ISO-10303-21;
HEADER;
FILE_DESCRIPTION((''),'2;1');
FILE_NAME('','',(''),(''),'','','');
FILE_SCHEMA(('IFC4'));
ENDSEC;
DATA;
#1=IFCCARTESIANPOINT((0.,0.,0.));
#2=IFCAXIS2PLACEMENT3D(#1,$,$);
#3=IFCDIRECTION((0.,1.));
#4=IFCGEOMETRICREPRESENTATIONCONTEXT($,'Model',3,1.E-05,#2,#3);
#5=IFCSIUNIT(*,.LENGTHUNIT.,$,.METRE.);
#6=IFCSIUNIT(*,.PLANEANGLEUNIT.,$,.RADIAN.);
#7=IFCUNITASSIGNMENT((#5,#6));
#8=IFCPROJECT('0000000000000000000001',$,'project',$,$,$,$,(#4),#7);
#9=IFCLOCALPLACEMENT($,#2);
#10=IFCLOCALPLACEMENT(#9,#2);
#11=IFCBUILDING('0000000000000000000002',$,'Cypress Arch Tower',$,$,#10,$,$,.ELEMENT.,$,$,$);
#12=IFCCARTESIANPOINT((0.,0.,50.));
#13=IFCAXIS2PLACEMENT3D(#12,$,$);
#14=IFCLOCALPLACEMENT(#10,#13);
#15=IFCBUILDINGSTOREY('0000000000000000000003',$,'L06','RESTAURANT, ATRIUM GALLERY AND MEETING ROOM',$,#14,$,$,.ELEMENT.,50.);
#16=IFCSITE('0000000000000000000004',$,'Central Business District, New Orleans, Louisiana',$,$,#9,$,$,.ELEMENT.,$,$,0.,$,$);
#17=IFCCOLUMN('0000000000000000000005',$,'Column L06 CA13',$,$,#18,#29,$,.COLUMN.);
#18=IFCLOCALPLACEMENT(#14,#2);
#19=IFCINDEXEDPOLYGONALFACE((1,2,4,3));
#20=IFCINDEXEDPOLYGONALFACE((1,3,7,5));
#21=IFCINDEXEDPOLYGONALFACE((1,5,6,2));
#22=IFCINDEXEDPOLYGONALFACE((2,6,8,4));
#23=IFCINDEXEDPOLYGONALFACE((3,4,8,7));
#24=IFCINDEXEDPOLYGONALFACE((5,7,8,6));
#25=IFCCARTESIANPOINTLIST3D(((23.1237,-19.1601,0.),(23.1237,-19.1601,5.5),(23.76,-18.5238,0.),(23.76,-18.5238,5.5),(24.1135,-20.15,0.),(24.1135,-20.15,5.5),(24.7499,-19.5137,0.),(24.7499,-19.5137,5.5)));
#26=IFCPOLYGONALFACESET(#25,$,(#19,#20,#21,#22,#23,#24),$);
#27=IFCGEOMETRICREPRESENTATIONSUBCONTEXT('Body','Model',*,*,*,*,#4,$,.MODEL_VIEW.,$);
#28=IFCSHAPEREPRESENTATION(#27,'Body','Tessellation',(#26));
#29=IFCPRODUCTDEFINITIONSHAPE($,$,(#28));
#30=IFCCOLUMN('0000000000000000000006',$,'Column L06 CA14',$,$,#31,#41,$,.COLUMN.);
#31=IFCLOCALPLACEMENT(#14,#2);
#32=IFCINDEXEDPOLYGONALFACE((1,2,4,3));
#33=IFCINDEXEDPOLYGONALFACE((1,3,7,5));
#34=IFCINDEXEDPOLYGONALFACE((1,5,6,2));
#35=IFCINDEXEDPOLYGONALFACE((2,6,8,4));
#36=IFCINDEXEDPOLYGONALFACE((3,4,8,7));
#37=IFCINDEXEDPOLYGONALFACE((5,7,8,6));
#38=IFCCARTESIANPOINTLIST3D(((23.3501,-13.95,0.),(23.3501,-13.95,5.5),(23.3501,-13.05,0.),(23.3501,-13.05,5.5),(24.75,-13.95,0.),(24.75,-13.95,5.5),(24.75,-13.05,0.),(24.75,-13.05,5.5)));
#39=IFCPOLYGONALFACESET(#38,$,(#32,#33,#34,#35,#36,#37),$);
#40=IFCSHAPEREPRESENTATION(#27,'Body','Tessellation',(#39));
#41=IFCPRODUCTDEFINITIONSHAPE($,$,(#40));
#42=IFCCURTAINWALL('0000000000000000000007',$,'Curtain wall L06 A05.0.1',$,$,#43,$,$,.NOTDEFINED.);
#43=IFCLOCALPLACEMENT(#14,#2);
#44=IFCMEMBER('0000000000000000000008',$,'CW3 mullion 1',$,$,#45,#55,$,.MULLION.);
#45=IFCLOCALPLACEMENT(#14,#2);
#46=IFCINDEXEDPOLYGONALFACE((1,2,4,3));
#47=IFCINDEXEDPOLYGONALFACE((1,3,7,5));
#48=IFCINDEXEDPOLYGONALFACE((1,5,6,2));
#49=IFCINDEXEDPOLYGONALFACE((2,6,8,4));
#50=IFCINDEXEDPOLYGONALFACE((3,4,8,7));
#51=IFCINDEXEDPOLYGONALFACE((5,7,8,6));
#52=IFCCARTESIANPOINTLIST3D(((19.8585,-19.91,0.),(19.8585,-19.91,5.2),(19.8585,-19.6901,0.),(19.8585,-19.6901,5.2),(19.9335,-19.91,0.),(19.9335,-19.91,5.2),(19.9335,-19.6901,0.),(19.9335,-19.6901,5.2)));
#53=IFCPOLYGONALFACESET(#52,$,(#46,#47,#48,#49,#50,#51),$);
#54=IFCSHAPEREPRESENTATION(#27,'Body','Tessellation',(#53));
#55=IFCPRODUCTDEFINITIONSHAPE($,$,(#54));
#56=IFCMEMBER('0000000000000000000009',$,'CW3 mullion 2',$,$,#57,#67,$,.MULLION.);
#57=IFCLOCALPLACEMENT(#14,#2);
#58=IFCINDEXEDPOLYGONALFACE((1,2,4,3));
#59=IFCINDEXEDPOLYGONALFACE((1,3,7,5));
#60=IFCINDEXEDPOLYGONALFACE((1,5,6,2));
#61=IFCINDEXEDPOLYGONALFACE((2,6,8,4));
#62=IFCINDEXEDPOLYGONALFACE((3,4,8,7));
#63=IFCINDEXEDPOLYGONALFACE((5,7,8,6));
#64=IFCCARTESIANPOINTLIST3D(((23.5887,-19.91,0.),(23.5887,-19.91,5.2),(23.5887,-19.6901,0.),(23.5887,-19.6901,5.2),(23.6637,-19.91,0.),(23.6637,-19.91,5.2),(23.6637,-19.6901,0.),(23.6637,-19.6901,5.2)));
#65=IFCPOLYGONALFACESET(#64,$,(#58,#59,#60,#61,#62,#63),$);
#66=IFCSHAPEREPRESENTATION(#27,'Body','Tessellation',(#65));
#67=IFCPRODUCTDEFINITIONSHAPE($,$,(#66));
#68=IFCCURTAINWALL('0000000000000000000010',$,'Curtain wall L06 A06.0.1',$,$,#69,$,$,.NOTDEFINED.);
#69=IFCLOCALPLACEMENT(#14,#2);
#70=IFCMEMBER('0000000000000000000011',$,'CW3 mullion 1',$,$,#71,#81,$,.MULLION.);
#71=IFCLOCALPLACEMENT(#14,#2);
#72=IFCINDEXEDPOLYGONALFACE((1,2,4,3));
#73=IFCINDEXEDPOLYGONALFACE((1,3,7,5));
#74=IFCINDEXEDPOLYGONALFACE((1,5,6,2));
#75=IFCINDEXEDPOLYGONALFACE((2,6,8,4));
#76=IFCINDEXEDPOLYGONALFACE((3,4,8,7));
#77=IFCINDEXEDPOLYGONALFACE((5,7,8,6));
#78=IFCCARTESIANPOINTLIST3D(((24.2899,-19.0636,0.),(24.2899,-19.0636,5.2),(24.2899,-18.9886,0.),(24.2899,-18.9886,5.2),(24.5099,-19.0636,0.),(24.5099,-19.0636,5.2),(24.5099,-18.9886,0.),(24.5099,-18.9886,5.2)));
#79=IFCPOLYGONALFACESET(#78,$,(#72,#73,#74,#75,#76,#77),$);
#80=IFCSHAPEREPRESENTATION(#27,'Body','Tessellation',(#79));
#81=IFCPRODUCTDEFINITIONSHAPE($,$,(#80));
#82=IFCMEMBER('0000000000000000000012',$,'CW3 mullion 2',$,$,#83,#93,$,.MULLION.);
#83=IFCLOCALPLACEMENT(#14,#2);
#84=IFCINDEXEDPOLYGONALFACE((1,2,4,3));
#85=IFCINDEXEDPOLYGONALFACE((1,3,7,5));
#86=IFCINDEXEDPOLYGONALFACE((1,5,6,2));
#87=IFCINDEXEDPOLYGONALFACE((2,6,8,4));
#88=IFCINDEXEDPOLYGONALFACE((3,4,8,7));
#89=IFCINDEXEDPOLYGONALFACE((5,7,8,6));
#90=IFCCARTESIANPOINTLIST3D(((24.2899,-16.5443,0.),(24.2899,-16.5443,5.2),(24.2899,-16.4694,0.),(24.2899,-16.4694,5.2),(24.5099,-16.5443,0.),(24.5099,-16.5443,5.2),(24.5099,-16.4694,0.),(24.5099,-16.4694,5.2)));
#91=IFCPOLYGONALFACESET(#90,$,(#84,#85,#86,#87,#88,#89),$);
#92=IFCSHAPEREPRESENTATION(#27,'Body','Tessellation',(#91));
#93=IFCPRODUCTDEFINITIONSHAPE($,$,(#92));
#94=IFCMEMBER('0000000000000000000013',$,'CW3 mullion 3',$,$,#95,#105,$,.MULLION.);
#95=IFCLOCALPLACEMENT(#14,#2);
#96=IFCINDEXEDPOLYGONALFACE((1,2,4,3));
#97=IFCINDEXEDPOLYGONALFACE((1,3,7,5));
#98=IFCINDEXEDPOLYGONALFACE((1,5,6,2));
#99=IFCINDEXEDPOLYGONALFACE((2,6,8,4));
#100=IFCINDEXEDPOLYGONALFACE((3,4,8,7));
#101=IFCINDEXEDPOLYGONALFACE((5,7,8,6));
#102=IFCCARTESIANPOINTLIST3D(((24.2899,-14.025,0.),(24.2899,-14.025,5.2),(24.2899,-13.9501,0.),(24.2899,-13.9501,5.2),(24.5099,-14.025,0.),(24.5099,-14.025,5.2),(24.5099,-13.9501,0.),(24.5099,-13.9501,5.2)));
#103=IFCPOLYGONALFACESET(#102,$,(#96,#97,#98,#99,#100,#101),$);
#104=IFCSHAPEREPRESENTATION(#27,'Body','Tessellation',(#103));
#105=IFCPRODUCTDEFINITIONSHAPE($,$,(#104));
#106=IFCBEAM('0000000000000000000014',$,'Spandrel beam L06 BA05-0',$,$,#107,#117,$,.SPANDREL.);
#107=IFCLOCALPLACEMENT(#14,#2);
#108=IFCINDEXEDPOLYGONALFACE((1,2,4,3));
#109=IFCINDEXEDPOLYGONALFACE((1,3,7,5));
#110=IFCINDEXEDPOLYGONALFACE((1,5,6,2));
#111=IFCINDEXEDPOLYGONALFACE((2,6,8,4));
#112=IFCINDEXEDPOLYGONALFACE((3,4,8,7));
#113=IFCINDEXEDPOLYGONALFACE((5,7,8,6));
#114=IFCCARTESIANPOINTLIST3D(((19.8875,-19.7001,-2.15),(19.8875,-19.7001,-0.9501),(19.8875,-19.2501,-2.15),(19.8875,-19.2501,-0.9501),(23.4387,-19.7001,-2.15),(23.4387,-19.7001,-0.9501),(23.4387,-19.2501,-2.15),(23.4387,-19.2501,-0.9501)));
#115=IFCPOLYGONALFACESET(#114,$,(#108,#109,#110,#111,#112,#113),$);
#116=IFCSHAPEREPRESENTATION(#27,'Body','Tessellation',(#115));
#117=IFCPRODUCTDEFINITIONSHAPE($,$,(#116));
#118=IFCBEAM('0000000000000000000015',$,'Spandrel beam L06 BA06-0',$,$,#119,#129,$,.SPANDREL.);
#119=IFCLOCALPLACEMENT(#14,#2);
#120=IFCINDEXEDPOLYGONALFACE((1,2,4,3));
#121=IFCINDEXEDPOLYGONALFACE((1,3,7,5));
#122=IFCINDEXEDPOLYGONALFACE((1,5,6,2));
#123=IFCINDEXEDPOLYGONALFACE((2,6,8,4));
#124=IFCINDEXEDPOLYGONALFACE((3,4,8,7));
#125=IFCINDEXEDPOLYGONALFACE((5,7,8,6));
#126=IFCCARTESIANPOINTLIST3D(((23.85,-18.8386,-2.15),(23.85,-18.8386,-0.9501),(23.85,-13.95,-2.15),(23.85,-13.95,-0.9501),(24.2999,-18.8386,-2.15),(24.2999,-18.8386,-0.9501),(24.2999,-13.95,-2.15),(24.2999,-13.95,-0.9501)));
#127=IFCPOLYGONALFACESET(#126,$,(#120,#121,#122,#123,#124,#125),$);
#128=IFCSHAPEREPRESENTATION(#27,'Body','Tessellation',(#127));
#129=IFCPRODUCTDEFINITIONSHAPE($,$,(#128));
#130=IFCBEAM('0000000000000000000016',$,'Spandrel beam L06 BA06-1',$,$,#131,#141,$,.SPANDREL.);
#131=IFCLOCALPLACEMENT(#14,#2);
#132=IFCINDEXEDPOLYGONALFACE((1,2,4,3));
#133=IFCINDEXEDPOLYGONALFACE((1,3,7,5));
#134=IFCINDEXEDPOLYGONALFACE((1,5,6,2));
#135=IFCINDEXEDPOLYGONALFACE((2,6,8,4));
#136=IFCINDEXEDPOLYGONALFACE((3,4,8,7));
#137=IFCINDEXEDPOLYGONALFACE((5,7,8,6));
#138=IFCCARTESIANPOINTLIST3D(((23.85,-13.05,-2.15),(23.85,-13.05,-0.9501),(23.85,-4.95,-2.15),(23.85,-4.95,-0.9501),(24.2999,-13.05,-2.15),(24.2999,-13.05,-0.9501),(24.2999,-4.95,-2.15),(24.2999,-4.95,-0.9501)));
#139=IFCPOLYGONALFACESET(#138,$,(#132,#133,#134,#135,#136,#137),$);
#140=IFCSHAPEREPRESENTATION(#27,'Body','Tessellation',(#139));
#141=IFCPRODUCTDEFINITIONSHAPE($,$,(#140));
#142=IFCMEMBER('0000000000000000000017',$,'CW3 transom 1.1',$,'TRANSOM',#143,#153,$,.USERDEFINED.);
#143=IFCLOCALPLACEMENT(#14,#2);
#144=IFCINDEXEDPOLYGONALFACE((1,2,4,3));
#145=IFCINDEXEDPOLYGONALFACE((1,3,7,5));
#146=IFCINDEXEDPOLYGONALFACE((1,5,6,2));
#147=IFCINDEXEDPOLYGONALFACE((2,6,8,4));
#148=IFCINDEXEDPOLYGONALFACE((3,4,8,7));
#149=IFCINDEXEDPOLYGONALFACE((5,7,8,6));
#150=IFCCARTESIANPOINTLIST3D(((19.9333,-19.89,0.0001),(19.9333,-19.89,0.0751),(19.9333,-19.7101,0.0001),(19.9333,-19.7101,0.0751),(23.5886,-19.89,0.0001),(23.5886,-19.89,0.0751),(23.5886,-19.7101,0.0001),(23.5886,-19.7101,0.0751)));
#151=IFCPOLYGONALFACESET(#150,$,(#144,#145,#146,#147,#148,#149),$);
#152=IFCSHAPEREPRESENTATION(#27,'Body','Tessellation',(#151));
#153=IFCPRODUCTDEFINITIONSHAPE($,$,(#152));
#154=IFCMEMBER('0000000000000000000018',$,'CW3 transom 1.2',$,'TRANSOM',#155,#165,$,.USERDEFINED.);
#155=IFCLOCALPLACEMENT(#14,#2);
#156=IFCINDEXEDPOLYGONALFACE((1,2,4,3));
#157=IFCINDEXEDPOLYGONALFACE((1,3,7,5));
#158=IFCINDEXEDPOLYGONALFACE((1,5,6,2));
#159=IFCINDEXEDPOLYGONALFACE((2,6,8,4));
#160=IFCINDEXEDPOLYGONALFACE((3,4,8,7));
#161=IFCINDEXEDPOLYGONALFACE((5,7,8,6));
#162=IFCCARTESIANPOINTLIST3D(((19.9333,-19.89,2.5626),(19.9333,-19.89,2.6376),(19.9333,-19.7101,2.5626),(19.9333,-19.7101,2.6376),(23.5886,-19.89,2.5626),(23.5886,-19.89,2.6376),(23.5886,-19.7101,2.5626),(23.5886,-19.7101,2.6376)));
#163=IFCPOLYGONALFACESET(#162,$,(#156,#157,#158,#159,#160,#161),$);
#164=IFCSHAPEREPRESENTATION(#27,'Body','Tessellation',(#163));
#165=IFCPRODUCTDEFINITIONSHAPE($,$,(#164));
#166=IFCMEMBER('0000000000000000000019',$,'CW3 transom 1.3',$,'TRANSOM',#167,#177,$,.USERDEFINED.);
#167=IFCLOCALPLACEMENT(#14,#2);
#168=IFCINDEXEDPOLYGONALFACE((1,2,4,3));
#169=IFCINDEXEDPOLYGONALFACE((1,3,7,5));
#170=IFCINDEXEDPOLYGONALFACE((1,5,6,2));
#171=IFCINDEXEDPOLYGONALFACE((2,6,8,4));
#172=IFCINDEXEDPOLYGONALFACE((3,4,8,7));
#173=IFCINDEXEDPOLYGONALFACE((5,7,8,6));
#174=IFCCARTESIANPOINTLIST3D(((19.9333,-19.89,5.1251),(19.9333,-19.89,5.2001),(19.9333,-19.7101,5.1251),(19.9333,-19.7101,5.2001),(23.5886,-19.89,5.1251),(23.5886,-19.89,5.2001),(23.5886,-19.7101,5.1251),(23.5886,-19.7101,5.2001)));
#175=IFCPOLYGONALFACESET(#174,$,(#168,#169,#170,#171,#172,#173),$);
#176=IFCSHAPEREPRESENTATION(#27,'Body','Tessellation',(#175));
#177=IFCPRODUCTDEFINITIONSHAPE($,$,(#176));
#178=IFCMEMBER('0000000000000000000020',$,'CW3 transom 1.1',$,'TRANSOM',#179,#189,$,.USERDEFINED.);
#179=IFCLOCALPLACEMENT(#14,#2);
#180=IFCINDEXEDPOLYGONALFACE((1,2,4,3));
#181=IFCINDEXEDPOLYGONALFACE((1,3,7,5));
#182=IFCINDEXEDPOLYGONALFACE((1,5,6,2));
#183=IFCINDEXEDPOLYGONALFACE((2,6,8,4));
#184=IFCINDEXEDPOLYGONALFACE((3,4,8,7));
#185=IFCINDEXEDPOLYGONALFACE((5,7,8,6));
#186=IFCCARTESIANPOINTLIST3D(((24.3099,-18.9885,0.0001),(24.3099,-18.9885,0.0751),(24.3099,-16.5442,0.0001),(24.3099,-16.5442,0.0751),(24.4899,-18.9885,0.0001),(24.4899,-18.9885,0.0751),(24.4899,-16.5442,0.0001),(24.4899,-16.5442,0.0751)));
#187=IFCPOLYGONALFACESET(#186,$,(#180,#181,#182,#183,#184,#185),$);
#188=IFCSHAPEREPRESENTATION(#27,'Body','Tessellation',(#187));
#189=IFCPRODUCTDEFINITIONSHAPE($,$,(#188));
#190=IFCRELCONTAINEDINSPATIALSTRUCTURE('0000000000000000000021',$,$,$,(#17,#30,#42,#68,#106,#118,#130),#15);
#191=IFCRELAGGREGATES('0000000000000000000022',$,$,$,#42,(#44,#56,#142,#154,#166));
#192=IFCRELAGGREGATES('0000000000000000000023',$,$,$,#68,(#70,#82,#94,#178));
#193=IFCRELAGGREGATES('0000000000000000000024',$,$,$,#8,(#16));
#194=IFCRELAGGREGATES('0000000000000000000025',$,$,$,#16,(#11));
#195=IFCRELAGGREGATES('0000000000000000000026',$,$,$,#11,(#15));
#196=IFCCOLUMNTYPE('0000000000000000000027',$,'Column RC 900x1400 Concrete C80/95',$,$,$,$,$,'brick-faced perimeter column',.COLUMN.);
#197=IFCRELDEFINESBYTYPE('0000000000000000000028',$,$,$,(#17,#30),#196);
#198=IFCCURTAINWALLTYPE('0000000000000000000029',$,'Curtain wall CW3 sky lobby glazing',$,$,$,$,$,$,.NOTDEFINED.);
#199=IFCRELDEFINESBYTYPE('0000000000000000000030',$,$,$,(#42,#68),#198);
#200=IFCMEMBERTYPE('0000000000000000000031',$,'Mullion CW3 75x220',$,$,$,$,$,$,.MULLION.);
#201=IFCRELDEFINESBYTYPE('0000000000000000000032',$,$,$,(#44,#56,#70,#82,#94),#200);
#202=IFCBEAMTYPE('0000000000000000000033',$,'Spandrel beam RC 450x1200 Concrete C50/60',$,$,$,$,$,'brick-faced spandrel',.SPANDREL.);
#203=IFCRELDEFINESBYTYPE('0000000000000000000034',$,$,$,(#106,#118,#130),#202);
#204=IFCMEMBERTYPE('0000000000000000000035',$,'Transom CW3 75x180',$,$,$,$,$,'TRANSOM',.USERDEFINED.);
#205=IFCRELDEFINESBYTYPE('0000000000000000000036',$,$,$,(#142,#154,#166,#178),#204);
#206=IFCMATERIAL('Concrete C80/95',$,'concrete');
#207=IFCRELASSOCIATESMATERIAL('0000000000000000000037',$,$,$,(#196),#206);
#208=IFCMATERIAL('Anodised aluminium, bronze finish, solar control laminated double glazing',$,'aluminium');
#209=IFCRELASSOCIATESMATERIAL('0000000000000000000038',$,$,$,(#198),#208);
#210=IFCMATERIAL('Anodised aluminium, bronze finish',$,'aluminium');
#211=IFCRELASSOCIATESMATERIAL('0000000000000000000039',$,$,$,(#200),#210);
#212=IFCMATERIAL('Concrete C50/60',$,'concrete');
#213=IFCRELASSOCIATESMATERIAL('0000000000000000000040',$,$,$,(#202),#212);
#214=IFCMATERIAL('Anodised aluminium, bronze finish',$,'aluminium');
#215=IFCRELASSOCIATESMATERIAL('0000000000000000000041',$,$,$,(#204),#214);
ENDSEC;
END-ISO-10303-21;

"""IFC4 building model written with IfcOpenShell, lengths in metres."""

from ifc_helpers import new_model, si_unit, direction, frame, origin, origin_2d, place, context, subcontext, project, spatial, rectangle, extrude, material, material_profile, profile_set, type_object, element, aggregate, save


model = new_model("IFC4")

# Units and contexts
model_context = context("Model", 3, precision=1e-05, world=origin(), true_north=direction((0.0, 1.0)))
body_context = subcontext(model_context, "Body", "Model", "MODEL_VIEW")
ifc_project = project(units=[si_unit("LENGTHUNIT", "METRE"), si_unit("PLANEANGLEUNIT", "RADIAN")], contexts=[model_context])

# Site, building, storey
site_placement = place(None, origin())
site = spatial("IfcSite", under=ifc_project, at=site_placement, Name="Central Business District, New Orleans, Louisiana", CompositionType="ELEMENT", RefElevation=0.0)
building_placement = place(site_placement, origin())
building = spatial("IfcBuilding", under=site, at=building_placement, Name="Cypress Arch Tower", CompositionType="ELEMENT")
storey_placement = place(building_placement, frame((0.0, 0.0, 50.0)))
storey = spatial("IfcBuildingStorey", under=building, at=storey_placement, Name="L06", Description="RESTAURANT, ATRIUM GALLERY AND MEETING ROOM", CompositionType="ELEMENT", Elevation=50.0)

# Columns
ifc_material_1 = material(Name="Concrete C80/95", Category="concrete")
ifc_material_profile_1 = material_profile(ifc_material_1, rectangle(XDim=0.8999, YDim=1.3999, at=origin_2d()), Name="RC 900x1400")
ifc_profile_set_1 = profile_set([ifc_material_profile_1], Name="Concrete C80/95")
column_type = type_object("IfcColumnType", Name="Column RC 900x1400 Concrete C80/95", ElementType="brick-faced perimeter column", PredefinedType="COLUMN", material=ifc_profile_set_1)
for number, where, z_axis, x_axis, name in (
    (1, (23.9368, -19.3369, 0.0), (0.0, 0.0, 1.0), (0.707107, 0.707107, 0.0), "Column L06 CA13"),
    (2, (24.05, -13.5, 0.0), (0.0, 0.0, 1.0), (0.0, 1.0, 0.0), "Column L06 CA14"),
):
    element("IfcColumn", number, at=place(storey_placement, frame(where, z_axis=z_axis, x_axis=x_axis)), inside=storey, type_object=column_type, Name=name, PredefinedType="COLUMN", context=body_context, shape_type="SweptSolid", body=[
        extrude(rectangle(XDim=0.8999, YDim=1.3999, at=origin_2d()), origin(), (0.0, 0.0, 1.0), 5.5),
    ])

# Curtain walls, members
ifc_material_2 = material(Name="Anodised aluminium, bronze finish, solar control laminated double glazing", Category="aluminium")
curtain_wall_type = type_object("IfcCurtainWallType", Name="Curtain wall CW3 sky lobby glazing", PredefinedType="NOTDEFINED", material=ifc_material_2)
curtain_wall_1_placement = place(storey_placement, origin())
curtain_wall_1 = element("IfcCurtainWall", 3, at=curtain_wall_1_placement, inside=storey, type_object=curtain_wall_type, Name="Curtain wall L06 A05.0.1", PredefinedType="NOTDEFINED")
ifc_material_3 = material(Name="Anodised aluminium, bronze finish", Category="aluminium")
ifc_material_profile_2 = material_profile(ifc_material_3, rectangle(XDim=0.22, YDim=0.075, at=origin_2d()), Name="Mullion 75x220")
ifc_profile_set_2 = profile_set([ifc_material_profile_2], Name="Anodised aluminium, bronze finish")
member_type_1 = type_object("IfcMemberType", Name="Mullion CW3 75x220", PredefinedType="MULLION", material=ifc_profile_set_2)
member_1_placement = place(storey_placement, frame((19.896, -19.8, 0.0), z_axis=(0.0, 0.0, 1.0), x_axis=(0.0, 1.0, 0.0)))
member_1 = element("IfcMember", 4, at=member_1_placement, type_object=member_type_1, Name="CW3 mullion 1", PredefinedType="MULLION", context=body_context, shape_type="SweptSolid", body=[
    extrude(rectangle(XDim=0.22, YDim=0.075, at=origin_2d()), origin(), (0.0, 0.0, 1.0), 5.2),
])
member_2_placement = place(storey_placement, frame((23.6262, -19.8, 0.0), z_axis=(0.0, 0.0, 1.0), x_axis=(0.0, 1.0, 0.0)))
member_2 = element("IfcMember", 5, at=member_2_placement, type_object=member_type_1, Name="CW3 mullion 2", PredefinedType="MULLION", context=body_context, shape_type="SweptSolid", body=[
    extrude(rectangle(XDim=0.22, YDim=0.075, at=origin_2d()), origin(), (0.0, 0.0, 1.0), 5.2),
])
curtain_wall_2_placement = place(storey_placement, origin())
curtain_wall_2 = element("IfcCurtainWall", 6, at=curtain_wall_2_placement, inside=storey, type_object=curtain_wall_type, Name="Curtain wall L06 A06.0.1", PredefinedType="NOTDEFINED")
member_3_placement = place(storey_placement, frame((24.3999, -19.0261, 0.0), z_axis=(0.0, 0.0, 1.0), x_axis=(-1.0, 0.0, 0.0)))
member_3 = element("IfcMember", 7, at=member_3_placement, type_object=member_type_1, Name="CW3 mullion 1", PredefinedType="MULLION", context=body_context, shape_type="SweptSolid", body=[
    extrude(rectangle(XDim=0.22, YDim=0.075, at=origin_2d()), origin(), (0.0, 0.0, 1.0), 5.2),
])
member_4_placement = place(storey_placement, frame((24.3999, -16.5068, 0.0), z_axis=(0.0, 0.0, 1.0), x_axis=(-1.0, 0.0, 0.0)))
member_4 = element("IfcMember", 8, at=member_4_placement, type_object=member_type_1, Name="CW3 mullion 2", PredefinedType="MULLION", context=body_context, shape_type="SweptSolid", body=[
    extrude(rectangle(XDim=0.22, YDim=0.075, at=origin_2d()), origin(), (0.0, 0.0, 1.0), 5.2),
])
member_5_placement = place(storey_placement, frame((24.3999, -13.9875, 0.0), z_axis=(0.0, 0.0, 1.0), x_axis=(-1.0, 0.0, 0.0)))
member_5 = element("IfcMember", 9, at=member_5_placement, type_object=member_type_1, Name="CW3 mullion 3", PredefinedType="MULLION", context=body_context, shape_type="SweptSolid", body=[
    extrude(rectangle(XDim=0.22, YDim=0.075, at=origin_2d()), origin(), (0.0, 0.0, 1.0), 5.2),
])

# Beams
ifc_material_4 = material(Name="Concrete C50/60", Category="concrete")
ifc_material_profile_3 = material_profile(ifc_material_4, rectangle(XDim=0.45, YDim=1.2, at=origin_2d()), Name="RC 450x1200")
ifc_profile_set_3 = profile_set([ifc_material_profile_3], Name="Concrete C50/60")
beam_type = type_object("IfcBeamType", Name="Spandrel beam RC 450x1200 Concrete C50/60", ElementType="brick-faced spandrel", PredefinedType="SPANDREL", material=ifc_profile_set_3)
beam_1_placement = place(storey_placement, frame((19.8875, -19.4751, -1.55), z_axis=(1.0, 0.0, 0.0), x_axis=(0.0, 1.0, 0.0)))
element("IfcBeam", 10, at=beam_1_placement, inside=storey, type_object=beam_type, Name="Spandrel beam L06 BA05-0", PredefinedType="SPANDREL", context=body_context, shape_type="SweptSolid", body=[
    extrude(rectangle(XDim=0.45, YDim=1.2, at=origin_2d()), origin(), (0.0, 0.0, 1.0), 3.5513),
])
beam_2_placement = place(storey_placement, frame((24.075, -18.8386, -1.55), z_axis=(0.0, 1.0, 0.0), x_axis=(-1.0, 0.0, 0.0)))
element("IfcBeam", 11, at=beam_2_placement, inside=storey, type_object=beam_type, Name="Spandrel beam L06 BA06-0", PredefinedType="SPANDREL", context=body_context, shape_type="SweptSolid", body=[
    extrude(rectangle(XDim=0.45, YDim=1.2, at=origin_2d()), origin(), (0.0, 0.0, 1.0), 4.8887),
])
beam_3_placement = place(storey_placement, frame((24.075, -13.05, -1.55), z_axis=(0.0, 1.0, 0.0), x_axis=(-1.0, 0.0, 0.0)))
element("IfcBeam", 12, at=beam_3_placement, inside=storey, type_object=beam_type, Name="Spandrel beam L06 BA06-1", PredefinedType="SPANDREL", context=body_context, shape_type="SweptSolid", body=[
    extrude(rectangle(XDim=0.45, YDim=1.2, at=origin_2d()), origin(), (0.0, 0.0, 1.0), 8.1001),
])

# Members
ifc_material_5 = material(Name="Anodised aluminium, bronze finish", Category="aluminium")
ifc_material_profile_4 = material_profile(ifc_material_5, rectangle(XDim=0.1799, YDim=0.075, at=origin_2d()), Name="Transom 75x180")
ifc_profile_set_4 = profile_set([ifc_material_profile_4], Name="Anodised aluminium, bronze finish")
member_type_2 = type_object("IfcMemberType", Name="Transom CW3 75x180", ElementType="TRANSOM", PredefinedType="USERDEFINED", material=ifc_profile_set_4)
member_6_placement = place(storey_placement, frame((19.9333, -19.8, 0.0376), z_axis=(1.0, 0.0, 0.0), x_axis=(0.0, 1.0, 0.0)))
member_6 = element("IfcMember", 13, at=member_6_placement, type_object=member_type_2, Name="CW3 transom 1.1", ObjectType="TRANSOM", PredefinedType="USERDEFINED", context=body_context, shape_type="SweptSolid", body=[
    extrude(rectangle(XDim=0.1799, YDim=0.075, at=origin_2d()), origin(), (0.0, 0.0, 1.0), 3.6553),
])
member_7_placement = place(storey_placement, frame((19.9333, -19.8, 2.6001), z_axis=(1.0, 0.0, 0.0), x_axis=(0.0, 1.0, 0.0)))
member_7 = element("IfcMember", 14, at=member_7_placement, type_object=member_type_2, Name="CW3 transom 1.2", ObjectType="TRANSOM", PredefinedType="USERDEFINED", context=body_context, shape_type="SweptSolid", body=[
    extrude(rectangle(XDim=0.1799, YDim=0.075, at=origin_2d()), origin(), (0.0, 0.0, 1.0), 3.6553),
])
member_8_placement = place(storey_placement, frame((19.9333, -19.8, 5.1626), z_axis=(1.0, 0.0, 0.0), x_axis=(0.0, 1.0, 0.0)))
member_8 = element("IfcMember", 15, at=member_8_placement, type_object=member_type_2, Name="CW3 transom 1.3", ObjectType="TRANSOM", PredefinedType="USERDEFINED", context=body_context, shape_type="SweptSolid", body=[
    extrude(rectangle(XDim=0.1799, YDim=0.075, at=origin_2d()), origin(), (0.0, 0.0, 1.0), 3.6553),
])
member_9_placement = place(storey_placement, frame((24.3999, -18.9885, 0.0376), z_axis=(0.0, 1.0, 0.0), x_axis=(-1.0, 0.0, 0.0)))
member_9 = element("IfcMember", 16, at=member_9_placement, type_object=member_type_2, Name="CW3 transom 1.1", ObjectType="TRANSOM", PredefinedType="USERDEFINED", context=body_context, shape_type="SweptSolid", body=[
    extrude(rectangle(XDim=0.1799, YDim=0.075, at=origin_2d()), origin(), (0.0, 0.0, 1.0), 2.4443),
])

aggregate(curtain_wall_1, [member_1, member_2, member_6, member_7, member_8])
aggregate(curtain_wall_2, [member_3, member_4, member_5, member_9])

save(model, "model.ifc")
